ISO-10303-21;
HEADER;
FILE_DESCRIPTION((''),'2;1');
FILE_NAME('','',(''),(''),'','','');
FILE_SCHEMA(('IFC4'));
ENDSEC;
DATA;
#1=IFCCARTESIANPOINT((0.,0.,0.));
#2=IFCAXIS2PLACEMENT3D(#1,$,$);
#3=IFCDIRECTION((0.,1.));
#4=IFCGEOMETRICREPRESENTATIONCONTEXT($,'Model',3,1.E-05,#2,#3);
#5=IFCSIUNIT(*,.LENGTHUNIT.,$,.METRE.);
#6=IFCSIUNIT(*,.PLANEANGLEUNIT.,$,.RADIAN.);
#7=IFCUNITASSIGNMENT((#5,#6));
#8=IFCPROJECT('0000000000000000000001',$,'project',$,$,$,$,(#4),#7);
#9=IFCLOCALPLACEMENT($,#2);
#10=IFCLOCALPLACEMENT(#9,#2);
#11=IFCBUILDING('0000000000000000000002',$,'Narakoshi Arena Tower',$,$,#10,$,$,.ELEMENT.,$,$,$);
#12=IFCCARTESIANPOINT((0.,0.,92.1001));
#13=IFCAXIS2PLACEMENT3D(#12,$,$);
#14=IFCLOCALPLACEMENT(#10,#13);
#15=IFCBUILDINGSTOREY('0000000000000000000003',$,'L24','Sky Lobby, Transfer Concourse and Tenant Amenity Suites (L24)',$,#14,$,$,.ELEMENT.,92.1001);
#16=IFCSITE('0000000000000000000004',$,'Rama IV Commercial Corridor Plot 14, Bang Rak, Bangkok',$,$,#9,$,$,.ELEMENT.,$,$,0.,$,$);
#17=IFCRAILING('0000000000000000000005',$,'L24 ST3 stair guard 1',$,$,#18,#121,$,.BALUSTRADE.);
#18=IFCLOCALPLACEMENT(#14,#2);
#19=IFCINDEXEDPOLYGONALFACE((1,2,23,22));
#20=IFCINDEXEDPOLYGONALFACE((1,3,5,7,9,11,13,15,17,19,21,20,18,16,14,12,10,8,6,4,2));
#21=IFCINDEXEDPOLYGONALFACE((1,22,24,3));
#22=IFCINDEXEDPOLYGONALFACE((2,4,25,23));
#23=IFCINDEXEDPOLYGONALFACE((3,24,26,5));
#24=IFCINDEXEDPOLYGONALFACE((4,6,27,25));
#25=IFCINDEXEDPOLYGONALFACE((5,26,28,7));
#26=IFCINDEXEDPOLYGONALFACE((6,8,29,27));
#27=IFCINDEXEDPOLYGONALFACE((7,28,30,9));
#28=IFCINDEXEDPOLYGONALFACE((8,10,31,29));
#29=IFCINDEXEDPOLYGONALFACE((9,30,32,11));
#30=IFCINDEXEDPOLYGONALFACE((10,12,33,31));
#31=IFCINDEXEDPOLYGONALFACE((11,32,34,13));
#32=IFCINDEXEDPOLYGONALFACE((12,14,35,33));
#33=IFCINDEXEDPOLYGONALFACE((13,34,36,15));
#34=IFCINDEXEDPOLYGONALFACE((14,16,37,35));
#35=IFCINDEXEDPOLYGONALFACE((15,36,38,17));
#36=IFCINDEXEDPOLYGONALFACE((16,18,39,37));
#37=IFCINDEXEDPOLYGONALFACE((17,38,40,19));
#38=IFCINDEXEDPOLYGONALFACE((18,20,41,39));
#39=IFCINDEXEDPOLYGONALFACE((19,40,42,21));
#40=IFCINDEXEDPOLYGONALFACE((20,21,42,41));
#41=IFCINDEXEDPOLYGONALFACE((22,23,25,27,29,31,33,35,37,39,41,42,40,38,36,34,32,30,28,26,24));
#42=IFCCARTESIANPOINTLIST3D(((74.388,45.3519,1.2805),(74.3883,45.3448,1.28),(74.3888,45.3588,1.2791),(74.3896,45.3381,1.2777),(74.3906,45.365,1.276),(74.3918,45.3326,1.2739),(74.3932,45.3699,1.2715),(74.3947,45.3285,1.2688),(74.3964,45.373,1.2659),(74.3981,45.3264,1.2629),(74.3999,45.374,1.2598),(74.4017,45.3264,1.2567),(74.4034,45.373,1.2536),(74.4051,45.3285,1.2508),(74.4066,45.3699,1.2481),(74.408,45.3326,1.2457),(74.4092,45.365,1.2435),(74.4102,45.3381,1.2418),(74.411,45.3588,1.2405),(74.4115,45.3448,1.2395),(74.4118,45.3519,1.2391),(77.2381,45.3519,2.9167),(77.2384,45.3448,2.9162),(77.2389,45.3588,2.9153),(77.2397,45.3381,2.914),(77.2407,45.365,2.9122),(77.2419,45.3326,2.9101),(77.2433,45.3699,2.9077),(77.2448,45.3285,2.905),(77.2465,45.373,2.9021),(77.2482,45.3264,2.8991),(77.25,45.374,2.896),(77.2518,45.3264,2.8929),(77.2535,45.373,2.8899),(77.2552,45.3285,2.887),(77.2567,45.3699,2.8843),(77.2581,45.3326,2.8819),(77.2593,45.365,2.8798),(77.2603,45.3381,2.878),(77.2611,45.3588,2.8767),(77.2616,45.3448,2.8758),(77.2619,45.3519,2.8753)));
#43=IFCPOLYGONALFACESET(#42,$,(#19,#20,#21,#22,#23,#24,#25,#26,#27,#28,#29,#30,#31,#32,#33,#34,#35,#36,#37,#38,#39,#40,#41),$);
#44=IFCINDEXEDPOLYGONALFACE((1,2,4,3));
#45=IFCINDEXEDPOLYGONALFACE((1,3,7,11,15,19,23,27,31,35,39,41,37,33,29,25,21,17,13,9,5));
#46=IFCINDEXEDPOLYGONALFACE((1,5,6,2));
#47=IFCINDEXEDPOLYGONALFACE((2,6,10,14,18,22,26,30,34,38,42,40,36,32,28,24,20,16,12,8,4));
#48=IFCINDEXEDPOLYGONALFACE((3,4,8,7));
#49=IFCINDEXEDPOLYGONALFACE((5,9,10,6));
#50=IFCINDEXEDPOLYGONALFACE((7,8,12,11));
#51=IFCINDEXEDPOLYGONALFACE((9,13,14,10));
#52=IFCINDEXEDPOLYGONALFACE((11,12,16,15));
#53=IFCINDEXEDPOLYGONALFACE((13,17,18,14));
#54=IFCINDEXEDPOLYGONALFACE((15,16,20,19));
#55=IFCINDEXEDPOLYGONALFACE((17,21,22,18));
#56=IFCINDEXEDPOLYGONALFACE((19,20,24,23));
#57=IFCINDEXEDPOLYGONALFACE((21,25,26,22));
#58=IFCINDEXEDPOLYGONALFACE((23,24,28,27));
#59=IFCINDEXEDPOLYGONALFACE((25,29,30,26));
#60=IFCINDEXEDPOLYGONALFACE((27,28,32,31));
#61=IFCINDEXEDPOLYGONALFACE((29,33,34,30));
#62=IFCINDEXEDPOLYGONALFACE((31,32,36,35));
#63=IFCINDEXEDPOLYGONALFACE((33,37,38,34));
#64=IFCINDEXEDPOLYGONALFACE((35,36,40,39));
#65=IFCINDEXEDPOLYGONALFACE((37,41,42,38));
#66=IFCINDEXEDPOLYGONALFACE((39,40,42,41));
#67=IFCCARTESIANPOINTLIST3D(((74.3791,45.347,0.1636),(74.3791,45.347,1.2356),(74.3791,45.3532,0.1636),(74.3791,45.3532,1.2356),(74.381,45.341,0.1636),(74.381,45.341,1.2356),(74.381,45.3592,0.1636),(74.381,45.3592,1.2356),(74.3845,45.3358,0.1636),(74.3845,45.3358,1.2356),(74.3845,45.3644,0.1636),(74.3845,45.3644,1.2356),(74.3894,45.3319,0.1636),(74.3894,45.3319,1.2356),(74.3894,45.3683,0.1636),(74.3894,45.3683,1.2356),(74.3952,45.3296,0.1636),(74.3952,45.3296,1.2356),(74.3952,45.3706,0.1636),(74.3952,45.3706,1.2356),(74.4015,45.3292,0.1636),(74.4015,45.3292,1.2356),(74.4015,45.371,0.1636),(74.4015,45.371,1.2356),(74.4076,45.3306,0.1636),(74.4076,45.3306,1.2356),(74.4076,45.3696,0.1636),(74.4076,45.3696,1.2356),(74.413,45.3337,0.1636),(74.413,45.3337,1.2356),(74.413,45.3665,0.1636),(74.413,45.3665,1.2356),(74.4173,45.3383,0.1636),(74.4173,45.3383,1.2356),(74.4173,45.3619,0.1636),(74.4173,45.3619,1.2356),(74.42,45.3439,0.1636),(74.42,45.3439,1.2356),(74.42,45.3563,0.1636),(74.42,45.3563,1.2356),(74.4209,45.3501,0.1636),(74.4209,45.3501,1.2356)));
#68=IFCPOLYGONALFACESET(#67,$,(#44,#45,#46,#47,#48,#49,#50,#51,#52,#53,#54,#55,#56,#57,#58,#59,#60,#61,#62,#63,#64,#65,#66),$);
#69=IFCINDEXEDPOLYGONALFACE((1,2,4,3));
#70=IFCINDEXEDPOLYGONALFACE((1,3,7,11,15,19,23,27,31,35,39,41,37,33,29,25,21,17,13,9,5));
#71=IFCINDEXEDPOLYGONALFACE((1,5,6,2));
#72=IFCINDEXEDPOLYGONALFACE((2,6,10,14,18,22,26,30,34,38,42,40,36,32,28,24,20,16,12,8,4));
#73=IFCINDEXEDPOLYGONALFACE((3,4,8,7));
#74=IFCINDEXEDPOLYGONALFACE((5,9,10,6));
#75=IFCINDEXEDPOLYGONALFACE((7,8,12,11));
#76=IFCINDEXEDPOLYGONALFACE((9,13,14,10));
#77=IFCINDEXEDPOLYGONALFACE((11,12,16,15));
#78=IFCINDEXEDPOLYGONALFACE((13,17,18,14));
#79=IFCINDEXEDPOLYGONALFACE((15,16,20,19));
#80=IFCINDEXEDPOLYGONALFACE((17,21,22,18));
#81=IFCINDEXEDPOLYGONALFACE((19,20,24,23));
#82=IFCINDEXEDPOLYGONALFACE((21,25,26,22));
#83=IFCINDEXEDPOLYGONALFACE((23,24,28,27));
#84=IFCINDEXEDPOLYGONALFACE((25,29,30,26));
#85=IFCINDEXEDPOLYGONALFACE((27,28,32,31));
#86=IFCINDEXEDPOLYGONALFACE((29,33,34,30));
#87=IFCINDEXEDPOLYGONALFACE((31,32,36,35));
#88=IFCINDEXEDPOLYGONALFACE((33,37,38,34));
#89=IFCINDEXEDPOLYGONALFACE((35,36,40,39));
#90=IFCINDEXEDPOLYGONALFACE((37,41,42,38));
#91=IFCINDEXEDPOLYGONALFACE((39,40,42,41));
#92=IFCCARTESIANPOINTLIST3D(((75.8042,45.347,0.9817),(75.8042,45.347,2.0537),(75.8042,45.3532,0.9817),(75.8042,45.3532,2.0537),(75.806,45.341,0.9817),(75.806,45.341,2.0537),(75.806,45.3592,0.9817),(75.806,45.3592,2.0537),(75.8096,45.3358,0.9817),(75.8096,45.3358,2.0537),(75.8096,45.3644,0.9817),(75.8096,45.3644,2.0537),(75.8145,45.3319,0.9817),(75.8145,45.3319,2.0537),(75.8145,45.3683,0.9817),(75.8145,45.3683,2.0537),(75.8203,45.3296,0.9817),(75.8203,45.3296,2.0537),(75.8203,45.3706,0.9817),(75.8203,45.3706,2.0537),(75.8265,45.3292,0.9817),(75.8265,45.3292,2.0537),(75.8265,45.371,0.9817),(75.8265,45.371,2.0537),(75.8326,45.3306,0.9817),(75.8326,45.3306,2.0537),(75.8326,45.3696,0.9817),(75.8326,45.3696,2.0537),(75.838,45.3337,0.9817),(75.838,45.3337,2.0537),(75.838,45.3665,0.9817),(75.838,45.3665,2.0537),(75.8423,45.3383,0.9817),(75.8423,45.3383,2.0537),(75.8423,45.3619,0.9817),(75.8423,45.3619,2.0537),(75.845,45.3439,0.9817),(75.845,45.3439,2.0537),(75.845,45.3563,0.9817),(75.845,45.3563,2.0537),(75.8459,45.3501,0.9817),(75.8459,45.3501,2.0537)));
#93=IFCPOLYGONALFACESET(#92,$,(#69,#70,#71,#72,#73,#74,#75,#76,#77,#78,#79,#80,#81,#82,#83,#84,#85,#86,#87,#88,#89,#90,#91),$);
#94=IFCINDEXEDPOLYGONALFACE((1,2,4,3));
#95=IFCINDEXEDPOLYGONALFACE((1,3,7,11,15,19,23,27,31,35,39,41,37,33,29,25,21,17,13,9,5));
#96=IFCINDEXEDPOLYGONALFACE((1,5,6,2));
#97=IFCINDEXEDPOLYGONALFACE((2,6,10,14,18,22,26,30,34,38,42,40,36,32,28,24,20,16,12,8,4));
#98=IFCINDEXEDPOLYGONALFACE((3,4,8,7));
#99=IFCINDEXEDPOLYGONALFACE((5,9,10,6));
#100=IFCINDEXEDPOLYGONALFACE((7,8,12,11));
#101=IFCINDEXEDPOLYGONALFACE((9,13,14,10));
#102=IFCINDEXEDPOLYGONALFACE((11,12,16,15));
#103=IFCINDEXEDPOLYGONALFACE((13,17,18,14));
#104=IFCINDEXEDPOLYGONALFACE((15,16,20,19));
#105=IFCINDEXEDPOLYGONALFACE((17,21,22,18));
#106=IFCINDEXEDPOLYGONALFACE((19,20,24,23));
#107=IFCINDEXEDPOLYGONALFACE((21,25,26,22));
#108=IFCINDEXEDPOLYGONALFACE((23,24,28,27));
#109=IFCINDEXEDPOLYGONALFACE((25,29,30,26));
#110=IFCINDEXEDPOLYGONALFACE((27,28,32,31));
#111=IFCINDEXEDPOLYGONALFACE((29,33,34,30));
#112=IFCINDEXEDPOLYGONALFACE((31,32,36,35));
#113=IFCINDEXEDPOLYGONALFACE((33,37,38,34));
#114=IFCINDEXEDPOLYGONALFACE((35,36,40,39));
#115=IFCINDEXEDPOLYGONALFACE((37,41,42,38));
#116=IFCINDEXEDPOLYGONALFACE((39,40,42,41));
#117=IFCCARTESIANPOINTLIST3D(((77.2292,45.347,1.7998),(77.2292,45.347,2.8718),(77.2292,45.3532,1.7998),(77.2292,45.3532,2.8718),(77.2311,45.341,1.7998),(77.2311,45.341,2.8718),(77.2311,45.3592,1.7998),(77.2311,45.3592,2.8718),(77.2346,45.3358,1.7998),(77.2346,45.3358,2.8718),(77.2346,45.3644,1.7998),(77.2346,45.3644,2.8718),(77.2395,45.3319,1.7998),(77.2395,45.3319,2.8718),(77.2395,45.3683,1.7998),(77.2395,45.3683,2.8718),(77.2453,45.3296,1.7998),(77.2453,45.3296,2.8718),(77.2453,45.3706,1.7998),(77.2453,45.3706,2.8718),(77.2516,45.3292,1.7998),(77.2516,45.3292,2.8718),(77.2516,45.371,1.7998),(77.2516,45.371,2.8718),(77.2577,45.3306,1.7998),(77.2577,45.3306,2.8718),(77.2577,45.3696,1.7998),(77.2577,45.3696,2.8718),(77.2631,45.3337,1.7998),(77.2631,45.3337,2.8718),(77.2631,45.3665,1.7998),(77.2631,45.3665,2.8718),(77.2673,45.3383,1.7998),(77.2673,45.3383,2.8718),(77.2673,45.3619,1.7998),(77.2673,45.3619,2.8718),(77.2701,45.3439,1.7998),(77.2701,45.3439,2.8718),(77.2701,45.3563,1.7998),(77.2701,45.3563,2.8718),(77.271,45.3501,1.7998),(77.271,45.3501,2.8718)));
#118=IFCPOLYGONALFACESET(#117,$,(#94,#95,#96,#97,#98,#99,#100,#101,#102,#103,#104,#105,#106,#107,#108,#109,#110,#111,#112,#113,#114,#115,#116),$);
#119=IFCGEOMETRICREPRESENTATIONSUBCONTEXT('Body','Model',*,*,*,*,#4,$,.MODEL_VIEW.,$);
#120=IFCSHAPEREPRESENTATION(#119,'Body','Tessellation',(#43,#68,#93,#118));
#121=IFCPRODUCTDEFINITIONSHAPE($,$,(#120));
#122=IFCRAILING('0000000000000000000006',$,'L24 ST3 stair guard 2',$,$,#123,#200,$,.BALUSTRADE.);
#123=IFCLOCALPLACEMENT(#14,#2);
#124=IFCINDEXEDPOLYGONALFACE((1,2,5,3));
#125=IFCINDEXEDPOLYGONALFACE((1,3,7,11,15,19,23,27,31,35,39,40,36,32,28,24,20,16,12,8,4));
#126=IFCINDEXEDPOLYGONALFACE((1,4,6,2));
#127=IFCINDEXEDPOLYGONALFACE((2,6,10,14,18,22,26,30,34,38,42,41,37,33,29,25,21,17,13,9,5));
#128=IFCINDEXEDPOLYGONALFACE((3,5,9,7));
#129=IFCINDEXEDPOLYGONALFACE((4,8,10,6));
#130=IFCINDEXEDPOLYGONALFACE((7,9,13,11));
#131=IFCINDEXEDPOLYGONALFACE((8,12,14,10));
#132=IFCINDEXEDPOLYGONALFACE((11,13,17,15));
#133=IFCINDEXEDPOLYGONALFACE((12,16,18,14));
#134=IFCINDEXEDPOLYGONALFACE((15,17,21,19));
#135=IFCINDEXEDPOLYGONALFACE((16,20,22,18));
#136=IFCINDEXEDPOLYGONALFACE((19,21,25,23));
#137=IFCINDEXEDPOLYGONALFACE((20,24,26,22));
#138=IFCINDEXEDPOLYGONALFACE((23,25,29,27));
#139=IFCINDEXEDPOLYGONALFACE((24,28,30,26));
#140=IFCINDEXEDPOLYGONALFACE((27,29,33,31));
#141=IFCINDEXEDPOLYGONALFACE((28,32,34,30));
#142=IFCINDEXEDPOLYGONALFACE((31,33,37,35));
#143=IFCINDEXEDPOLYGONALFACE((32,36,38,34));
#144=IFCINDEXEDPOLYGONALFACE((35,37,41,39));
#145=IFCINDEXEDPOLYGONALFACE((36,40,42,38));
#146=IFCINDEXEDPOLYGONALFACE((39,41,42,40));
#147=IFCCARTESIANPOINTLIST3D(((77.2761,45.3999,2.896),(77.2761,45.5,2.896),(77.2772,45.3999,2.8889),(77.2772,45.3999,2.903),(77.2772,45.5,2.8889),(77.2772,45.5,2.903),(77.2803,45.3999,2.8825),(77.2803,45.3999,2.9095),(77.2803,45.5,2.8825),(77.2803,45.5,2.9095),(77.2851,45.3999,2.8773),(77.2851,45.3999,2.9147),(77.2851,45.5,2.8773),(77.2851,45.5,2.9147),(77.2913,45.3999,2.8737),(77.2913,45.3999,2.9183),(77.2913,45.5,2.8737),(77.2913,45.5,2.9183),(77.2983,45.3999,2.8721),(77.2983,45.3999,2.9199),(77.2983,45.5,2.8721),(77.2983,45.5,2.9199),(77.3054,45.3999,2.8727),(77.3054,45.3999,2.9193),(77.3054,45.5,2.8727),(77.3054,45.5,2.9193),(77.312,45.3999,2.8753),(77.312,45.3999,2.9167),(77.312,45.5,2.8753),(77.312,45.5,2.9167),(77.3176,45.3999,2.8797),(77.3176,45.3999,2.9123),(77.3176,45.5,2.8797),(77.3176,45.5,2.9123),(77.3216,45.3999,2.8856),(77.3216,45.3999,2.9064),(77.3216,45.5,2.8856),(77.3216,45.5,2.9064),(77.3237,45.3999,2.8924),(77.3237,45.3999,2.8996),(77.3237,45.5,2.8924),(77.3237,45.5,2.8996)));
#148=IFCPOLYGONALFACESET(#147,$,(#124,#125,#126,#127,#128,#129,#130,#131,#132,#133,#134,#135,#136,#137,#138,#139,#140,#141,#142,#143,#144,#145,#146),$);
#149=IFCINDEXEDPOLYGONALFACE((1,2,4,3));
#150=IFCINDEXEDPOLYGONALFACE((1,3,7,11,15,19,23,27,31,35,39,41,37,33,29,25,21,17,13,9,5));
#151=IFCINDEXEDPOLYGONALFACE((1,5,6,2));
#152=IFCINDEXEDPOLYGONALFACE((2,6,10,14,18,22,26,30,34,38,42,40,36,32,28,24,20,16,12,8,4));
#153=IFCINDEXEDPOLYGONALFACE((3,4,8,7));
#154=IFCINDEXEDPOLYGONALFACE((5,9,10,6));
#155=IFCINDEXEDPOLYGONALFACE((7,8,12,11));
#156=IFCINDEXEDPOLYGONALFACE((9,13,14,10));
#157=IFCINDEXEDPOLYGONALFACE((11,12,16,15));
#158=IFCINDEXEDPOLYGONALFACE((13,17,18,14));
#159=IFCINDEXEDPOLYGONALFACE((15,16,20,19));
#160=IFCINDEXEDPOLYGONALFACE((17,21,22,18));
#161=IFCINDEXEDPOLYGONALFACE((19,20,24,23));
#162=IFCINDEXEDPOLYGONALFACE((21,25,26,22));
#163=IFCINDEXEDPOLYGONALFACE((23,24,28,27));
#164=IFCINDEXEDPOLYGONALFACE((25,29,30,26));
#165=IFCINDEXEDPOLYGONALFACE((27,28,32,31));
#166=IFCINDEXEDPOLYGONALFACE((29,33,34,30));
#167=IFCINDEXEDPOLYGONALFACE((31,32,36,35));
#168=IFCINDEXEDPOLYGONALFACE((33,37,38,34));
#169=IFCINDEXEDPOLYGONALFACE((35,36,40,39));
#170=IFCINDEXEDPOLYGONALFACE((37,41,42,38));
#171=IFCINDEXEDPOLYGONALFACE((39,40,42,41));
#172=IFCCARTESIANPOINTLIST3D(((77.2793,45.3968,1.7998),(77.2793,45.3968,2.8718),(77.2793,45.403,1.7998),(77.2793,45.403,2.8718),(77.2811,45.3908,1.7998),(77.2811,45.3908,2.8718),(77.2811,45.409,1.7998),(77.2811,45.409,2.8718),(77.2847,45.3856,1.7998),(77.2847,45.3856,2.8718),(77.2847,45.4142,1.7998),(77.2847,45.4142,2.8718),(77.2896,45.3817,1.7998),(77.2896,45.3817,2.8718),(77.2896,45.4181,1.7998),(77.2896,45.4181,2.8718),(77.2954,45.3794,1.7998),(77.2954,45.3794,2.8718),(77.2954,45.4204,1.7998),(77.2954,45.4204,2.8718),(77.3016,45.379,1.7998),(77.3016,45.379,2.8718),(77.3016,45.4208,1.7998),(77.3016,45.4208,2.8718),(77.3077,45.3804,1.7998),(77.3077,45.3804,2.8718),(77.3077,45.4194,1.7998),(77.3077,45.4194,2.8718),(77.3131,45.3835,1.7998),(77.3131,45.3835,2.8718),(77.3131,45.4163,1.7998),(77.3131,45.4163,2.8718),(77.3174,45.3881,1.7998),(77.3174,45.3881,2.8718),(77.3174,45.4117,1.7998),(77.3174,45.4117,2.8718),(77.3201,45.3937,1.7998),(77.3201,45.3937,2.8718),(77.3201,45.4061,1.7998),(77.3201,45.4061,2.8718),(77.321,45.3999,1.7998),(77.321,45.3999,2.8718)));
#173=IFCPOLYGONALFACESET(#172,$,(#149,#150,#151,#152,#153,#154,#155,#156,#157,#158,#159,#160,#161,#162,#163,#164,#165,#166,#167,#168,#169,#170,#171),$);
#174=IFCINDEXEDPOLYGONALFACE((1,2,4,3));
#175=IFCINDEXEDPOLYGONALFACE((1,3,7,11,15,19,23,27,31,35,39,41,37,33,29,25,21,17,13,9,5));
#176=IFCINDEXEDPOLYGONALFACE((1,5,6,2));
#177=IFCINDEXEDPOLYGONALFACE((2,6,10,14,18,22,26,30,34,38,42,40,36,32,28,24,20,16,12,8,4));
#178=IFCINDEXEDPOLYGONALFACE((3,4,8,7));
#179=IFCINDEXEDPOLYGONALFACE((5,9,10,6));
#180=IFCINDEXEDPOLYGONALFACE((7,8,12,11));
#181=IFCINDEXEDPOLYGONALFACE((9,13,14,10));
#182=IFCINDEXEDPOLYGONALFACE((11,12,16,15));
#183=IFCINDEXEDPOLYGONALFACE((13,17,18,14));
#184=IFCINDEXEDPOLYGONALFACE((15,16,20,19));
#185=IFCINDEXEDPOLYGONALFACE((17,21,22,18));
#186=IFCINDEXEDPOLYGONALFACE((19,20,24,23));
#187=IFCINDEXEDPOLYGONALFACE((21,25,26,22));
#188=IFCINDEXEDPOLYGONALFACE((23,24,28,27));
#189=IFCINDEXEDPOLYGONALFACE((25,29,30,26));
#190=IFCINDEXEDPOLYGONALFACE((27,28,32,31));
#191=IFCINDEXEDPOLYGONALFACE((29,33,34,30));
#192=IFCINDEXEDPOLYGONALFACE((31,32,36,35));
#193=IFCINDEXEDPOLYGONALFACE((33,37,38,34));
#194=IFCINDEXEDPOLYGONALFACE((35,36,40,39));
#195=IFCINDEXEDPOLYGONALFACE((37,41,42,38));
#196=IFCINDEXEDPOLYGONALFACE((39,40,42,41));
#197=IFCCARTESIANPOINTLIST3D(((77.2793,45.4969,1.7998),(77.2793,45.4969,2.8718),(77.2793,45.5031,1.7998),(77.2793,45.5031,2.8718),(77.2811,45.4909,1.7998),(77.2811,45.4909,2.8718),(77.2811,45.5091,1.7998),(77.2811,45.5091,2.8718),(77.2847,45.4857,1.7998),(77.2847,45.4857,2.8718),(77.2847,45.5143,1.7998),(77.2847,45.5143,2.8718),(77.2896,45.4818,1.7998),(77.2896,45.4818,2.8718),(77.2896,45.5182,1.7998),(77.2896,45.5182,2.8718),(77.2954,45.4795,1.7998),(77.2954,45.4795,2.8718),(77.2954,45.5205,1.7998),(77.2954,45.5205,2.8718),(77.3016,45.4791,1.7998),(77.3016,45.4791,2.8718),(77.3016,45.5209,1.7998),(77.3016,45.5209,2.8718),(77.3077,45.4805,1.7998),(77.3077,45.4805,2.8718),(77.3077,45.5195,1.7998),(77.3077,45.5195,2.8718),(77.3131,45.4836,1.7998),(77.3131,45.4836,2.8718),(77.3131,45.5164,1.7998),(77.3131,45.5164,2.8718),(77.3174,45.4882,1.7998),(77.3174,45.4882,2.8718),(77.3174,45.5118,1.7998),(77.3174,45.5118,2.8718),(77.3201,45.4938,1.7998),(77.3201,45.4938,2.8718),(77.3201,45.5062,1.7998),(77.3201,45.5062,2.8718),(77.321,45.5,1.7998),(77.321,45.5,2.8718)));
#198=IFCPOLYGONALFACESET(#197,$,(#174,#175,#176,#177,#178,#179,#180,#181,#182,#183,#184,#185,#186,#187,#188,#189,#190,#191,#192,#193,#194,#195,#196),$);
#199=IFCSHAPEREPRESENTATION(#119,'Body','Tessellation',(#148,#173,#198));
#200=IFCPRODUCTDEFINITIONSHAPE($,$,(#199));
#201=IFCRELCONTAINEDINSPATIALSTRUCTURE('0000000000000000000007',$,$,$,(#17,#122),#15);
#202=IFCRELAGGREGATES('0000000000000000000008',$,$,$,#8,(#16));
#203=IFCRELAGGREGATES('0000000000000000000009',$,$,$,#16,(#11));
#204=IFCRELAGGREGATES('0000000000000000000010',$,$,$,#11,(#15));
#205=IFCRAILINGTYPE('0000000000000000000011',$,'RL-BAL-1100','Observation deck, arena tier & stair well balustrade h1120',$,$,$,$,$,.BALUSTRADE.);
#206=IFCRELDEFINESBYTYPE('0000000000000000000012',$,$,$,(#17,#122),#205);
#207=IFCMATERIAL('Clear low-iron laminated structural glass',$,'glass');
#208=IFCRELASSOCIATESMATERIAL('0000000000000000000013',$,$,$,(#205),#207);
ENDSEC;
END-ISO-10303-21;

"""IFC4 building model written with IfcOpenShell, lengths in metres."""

from ifc_helpers import new_model, si_unit, direction, frame, origin, origin_2d, place, context, subcontext, project, spatial, circle, extrude, material, type_object, element, save


model = new_model("IFC4")

# Units and contexts
model_context = context("Model", 3, precision=1e-05, world=origin(), true_north=direction((0.0, 1.0)))
body_context = subcontext(model_context, "Body", "Model", "MODEL_VIEW")
ifc_project = project(units=[si_unit("LENGTHUNIT", "METRE"), si_unit("PLANEANGLEUNIT", "RADIAN")], contexts=[model_context])

# Site, building, storey
site_placement = place(None, origin())
site = spatial("IfcSite", under=ifc_project, at=site_placement, Name="Rama IV Commercial Corridor Plot 14, Bang Rak, Bangkok", CompositionType="ELEMENT", RefElevation=0.0)
building_placement = place(site_placement, origin())
building = spatial("IfcBuilding", under=site, at=building_placement, Name="Narakoshi Arena Tower", CompositionType="ELEMENT")
storey_placement = place(building_placement, frame((0.0, 0.0, 92.1001)))
storey = spatial("IfcBuildingStorey", under=building, at=storey_placement, Name="L24", Description="Sky Lobby, Transfer Concourse and Tenant Amenity Suites (L24)", CompositionType="ELEMENT", Elevation=92.1001)

# Railings
ifc_material_1 = material(Name="Clear low-iron laminated structural glass", Category="glass")
railing_type_1 = type_object("IfcRailingType", Name="RL-BAL-1100", Description="Observation deck, arena tier & stair well balustrade h1120", PredefinedType="BALUSTRADE", material=ifc_material_1)
railing_1_placement = place(storey_placement, frame((74.3999, 45.3501, 0.1636)))
element("IfcRailing", 1, at=railing_1_placement, inside=storey, type_object=railing_type_1, Name="L24 ST3 stair guard 1", PredefinedType="BALUSTRADE", context=body_context, shape_type="SweptSolid", body=[
    extrude(circle(Radius=0.0239, at=origin_2d()), frame((0.0, 0.0, 1.0962), z_axis=(0.867245, 0.0, 0.497882), x_axis=(0.0, 1.0, 0.0)), (0.0, 0.0, 1.0), 3.2864),
    extrude(circle(Radius=0.021, at=origin_2d()), origin(), (0.0, 0.0, 1.0), 1.072),
    extrude(circle(Radius=0.021, at=origin_2d()), frame((1.425, 0.0, 0.8181)), (0.0, 0.0, 1.0), 1.072),
    extrude(circle(Radius=0.021, at=origin_2d()), frame((2.8501, 0.0, 1.6362)), (0.0, 0.0, 1.0), 1.072),
])
railing_2_placement = place(storey_placement, frame((77.3, 45.3999, 1.7998)))
element("IfcRailing", 2, at=railing_2_placement, inside=storey, type_object=railing_type_1, Name="L24 ST3 stair guard 2", PredefinedType="BALUSTRADE", context=body_context, shape_type="SweptSolid", body=[
    extrude(circle(Radius=0.0239, at=origin_2d()), frame((0.0, 0.0, 1.0962), z_axis=(0.0, 1.0, 0.0), x_axis=(-1.0, 0.0, 0.0)), (0.0, 0.0, 1.0), 0.1001),
    extrude(circle(Radius=0.021, at=origin_2d()), origin(), (0.0, 0.0, 1.0), 1.072),
    extrude(circle(Radius=0.021, at=origin_2d()), frame((0.0, 0.1001, 0.0)), (0.0, 0.0, 1.0), 1.072),
])

save(model, "model.ifc")
